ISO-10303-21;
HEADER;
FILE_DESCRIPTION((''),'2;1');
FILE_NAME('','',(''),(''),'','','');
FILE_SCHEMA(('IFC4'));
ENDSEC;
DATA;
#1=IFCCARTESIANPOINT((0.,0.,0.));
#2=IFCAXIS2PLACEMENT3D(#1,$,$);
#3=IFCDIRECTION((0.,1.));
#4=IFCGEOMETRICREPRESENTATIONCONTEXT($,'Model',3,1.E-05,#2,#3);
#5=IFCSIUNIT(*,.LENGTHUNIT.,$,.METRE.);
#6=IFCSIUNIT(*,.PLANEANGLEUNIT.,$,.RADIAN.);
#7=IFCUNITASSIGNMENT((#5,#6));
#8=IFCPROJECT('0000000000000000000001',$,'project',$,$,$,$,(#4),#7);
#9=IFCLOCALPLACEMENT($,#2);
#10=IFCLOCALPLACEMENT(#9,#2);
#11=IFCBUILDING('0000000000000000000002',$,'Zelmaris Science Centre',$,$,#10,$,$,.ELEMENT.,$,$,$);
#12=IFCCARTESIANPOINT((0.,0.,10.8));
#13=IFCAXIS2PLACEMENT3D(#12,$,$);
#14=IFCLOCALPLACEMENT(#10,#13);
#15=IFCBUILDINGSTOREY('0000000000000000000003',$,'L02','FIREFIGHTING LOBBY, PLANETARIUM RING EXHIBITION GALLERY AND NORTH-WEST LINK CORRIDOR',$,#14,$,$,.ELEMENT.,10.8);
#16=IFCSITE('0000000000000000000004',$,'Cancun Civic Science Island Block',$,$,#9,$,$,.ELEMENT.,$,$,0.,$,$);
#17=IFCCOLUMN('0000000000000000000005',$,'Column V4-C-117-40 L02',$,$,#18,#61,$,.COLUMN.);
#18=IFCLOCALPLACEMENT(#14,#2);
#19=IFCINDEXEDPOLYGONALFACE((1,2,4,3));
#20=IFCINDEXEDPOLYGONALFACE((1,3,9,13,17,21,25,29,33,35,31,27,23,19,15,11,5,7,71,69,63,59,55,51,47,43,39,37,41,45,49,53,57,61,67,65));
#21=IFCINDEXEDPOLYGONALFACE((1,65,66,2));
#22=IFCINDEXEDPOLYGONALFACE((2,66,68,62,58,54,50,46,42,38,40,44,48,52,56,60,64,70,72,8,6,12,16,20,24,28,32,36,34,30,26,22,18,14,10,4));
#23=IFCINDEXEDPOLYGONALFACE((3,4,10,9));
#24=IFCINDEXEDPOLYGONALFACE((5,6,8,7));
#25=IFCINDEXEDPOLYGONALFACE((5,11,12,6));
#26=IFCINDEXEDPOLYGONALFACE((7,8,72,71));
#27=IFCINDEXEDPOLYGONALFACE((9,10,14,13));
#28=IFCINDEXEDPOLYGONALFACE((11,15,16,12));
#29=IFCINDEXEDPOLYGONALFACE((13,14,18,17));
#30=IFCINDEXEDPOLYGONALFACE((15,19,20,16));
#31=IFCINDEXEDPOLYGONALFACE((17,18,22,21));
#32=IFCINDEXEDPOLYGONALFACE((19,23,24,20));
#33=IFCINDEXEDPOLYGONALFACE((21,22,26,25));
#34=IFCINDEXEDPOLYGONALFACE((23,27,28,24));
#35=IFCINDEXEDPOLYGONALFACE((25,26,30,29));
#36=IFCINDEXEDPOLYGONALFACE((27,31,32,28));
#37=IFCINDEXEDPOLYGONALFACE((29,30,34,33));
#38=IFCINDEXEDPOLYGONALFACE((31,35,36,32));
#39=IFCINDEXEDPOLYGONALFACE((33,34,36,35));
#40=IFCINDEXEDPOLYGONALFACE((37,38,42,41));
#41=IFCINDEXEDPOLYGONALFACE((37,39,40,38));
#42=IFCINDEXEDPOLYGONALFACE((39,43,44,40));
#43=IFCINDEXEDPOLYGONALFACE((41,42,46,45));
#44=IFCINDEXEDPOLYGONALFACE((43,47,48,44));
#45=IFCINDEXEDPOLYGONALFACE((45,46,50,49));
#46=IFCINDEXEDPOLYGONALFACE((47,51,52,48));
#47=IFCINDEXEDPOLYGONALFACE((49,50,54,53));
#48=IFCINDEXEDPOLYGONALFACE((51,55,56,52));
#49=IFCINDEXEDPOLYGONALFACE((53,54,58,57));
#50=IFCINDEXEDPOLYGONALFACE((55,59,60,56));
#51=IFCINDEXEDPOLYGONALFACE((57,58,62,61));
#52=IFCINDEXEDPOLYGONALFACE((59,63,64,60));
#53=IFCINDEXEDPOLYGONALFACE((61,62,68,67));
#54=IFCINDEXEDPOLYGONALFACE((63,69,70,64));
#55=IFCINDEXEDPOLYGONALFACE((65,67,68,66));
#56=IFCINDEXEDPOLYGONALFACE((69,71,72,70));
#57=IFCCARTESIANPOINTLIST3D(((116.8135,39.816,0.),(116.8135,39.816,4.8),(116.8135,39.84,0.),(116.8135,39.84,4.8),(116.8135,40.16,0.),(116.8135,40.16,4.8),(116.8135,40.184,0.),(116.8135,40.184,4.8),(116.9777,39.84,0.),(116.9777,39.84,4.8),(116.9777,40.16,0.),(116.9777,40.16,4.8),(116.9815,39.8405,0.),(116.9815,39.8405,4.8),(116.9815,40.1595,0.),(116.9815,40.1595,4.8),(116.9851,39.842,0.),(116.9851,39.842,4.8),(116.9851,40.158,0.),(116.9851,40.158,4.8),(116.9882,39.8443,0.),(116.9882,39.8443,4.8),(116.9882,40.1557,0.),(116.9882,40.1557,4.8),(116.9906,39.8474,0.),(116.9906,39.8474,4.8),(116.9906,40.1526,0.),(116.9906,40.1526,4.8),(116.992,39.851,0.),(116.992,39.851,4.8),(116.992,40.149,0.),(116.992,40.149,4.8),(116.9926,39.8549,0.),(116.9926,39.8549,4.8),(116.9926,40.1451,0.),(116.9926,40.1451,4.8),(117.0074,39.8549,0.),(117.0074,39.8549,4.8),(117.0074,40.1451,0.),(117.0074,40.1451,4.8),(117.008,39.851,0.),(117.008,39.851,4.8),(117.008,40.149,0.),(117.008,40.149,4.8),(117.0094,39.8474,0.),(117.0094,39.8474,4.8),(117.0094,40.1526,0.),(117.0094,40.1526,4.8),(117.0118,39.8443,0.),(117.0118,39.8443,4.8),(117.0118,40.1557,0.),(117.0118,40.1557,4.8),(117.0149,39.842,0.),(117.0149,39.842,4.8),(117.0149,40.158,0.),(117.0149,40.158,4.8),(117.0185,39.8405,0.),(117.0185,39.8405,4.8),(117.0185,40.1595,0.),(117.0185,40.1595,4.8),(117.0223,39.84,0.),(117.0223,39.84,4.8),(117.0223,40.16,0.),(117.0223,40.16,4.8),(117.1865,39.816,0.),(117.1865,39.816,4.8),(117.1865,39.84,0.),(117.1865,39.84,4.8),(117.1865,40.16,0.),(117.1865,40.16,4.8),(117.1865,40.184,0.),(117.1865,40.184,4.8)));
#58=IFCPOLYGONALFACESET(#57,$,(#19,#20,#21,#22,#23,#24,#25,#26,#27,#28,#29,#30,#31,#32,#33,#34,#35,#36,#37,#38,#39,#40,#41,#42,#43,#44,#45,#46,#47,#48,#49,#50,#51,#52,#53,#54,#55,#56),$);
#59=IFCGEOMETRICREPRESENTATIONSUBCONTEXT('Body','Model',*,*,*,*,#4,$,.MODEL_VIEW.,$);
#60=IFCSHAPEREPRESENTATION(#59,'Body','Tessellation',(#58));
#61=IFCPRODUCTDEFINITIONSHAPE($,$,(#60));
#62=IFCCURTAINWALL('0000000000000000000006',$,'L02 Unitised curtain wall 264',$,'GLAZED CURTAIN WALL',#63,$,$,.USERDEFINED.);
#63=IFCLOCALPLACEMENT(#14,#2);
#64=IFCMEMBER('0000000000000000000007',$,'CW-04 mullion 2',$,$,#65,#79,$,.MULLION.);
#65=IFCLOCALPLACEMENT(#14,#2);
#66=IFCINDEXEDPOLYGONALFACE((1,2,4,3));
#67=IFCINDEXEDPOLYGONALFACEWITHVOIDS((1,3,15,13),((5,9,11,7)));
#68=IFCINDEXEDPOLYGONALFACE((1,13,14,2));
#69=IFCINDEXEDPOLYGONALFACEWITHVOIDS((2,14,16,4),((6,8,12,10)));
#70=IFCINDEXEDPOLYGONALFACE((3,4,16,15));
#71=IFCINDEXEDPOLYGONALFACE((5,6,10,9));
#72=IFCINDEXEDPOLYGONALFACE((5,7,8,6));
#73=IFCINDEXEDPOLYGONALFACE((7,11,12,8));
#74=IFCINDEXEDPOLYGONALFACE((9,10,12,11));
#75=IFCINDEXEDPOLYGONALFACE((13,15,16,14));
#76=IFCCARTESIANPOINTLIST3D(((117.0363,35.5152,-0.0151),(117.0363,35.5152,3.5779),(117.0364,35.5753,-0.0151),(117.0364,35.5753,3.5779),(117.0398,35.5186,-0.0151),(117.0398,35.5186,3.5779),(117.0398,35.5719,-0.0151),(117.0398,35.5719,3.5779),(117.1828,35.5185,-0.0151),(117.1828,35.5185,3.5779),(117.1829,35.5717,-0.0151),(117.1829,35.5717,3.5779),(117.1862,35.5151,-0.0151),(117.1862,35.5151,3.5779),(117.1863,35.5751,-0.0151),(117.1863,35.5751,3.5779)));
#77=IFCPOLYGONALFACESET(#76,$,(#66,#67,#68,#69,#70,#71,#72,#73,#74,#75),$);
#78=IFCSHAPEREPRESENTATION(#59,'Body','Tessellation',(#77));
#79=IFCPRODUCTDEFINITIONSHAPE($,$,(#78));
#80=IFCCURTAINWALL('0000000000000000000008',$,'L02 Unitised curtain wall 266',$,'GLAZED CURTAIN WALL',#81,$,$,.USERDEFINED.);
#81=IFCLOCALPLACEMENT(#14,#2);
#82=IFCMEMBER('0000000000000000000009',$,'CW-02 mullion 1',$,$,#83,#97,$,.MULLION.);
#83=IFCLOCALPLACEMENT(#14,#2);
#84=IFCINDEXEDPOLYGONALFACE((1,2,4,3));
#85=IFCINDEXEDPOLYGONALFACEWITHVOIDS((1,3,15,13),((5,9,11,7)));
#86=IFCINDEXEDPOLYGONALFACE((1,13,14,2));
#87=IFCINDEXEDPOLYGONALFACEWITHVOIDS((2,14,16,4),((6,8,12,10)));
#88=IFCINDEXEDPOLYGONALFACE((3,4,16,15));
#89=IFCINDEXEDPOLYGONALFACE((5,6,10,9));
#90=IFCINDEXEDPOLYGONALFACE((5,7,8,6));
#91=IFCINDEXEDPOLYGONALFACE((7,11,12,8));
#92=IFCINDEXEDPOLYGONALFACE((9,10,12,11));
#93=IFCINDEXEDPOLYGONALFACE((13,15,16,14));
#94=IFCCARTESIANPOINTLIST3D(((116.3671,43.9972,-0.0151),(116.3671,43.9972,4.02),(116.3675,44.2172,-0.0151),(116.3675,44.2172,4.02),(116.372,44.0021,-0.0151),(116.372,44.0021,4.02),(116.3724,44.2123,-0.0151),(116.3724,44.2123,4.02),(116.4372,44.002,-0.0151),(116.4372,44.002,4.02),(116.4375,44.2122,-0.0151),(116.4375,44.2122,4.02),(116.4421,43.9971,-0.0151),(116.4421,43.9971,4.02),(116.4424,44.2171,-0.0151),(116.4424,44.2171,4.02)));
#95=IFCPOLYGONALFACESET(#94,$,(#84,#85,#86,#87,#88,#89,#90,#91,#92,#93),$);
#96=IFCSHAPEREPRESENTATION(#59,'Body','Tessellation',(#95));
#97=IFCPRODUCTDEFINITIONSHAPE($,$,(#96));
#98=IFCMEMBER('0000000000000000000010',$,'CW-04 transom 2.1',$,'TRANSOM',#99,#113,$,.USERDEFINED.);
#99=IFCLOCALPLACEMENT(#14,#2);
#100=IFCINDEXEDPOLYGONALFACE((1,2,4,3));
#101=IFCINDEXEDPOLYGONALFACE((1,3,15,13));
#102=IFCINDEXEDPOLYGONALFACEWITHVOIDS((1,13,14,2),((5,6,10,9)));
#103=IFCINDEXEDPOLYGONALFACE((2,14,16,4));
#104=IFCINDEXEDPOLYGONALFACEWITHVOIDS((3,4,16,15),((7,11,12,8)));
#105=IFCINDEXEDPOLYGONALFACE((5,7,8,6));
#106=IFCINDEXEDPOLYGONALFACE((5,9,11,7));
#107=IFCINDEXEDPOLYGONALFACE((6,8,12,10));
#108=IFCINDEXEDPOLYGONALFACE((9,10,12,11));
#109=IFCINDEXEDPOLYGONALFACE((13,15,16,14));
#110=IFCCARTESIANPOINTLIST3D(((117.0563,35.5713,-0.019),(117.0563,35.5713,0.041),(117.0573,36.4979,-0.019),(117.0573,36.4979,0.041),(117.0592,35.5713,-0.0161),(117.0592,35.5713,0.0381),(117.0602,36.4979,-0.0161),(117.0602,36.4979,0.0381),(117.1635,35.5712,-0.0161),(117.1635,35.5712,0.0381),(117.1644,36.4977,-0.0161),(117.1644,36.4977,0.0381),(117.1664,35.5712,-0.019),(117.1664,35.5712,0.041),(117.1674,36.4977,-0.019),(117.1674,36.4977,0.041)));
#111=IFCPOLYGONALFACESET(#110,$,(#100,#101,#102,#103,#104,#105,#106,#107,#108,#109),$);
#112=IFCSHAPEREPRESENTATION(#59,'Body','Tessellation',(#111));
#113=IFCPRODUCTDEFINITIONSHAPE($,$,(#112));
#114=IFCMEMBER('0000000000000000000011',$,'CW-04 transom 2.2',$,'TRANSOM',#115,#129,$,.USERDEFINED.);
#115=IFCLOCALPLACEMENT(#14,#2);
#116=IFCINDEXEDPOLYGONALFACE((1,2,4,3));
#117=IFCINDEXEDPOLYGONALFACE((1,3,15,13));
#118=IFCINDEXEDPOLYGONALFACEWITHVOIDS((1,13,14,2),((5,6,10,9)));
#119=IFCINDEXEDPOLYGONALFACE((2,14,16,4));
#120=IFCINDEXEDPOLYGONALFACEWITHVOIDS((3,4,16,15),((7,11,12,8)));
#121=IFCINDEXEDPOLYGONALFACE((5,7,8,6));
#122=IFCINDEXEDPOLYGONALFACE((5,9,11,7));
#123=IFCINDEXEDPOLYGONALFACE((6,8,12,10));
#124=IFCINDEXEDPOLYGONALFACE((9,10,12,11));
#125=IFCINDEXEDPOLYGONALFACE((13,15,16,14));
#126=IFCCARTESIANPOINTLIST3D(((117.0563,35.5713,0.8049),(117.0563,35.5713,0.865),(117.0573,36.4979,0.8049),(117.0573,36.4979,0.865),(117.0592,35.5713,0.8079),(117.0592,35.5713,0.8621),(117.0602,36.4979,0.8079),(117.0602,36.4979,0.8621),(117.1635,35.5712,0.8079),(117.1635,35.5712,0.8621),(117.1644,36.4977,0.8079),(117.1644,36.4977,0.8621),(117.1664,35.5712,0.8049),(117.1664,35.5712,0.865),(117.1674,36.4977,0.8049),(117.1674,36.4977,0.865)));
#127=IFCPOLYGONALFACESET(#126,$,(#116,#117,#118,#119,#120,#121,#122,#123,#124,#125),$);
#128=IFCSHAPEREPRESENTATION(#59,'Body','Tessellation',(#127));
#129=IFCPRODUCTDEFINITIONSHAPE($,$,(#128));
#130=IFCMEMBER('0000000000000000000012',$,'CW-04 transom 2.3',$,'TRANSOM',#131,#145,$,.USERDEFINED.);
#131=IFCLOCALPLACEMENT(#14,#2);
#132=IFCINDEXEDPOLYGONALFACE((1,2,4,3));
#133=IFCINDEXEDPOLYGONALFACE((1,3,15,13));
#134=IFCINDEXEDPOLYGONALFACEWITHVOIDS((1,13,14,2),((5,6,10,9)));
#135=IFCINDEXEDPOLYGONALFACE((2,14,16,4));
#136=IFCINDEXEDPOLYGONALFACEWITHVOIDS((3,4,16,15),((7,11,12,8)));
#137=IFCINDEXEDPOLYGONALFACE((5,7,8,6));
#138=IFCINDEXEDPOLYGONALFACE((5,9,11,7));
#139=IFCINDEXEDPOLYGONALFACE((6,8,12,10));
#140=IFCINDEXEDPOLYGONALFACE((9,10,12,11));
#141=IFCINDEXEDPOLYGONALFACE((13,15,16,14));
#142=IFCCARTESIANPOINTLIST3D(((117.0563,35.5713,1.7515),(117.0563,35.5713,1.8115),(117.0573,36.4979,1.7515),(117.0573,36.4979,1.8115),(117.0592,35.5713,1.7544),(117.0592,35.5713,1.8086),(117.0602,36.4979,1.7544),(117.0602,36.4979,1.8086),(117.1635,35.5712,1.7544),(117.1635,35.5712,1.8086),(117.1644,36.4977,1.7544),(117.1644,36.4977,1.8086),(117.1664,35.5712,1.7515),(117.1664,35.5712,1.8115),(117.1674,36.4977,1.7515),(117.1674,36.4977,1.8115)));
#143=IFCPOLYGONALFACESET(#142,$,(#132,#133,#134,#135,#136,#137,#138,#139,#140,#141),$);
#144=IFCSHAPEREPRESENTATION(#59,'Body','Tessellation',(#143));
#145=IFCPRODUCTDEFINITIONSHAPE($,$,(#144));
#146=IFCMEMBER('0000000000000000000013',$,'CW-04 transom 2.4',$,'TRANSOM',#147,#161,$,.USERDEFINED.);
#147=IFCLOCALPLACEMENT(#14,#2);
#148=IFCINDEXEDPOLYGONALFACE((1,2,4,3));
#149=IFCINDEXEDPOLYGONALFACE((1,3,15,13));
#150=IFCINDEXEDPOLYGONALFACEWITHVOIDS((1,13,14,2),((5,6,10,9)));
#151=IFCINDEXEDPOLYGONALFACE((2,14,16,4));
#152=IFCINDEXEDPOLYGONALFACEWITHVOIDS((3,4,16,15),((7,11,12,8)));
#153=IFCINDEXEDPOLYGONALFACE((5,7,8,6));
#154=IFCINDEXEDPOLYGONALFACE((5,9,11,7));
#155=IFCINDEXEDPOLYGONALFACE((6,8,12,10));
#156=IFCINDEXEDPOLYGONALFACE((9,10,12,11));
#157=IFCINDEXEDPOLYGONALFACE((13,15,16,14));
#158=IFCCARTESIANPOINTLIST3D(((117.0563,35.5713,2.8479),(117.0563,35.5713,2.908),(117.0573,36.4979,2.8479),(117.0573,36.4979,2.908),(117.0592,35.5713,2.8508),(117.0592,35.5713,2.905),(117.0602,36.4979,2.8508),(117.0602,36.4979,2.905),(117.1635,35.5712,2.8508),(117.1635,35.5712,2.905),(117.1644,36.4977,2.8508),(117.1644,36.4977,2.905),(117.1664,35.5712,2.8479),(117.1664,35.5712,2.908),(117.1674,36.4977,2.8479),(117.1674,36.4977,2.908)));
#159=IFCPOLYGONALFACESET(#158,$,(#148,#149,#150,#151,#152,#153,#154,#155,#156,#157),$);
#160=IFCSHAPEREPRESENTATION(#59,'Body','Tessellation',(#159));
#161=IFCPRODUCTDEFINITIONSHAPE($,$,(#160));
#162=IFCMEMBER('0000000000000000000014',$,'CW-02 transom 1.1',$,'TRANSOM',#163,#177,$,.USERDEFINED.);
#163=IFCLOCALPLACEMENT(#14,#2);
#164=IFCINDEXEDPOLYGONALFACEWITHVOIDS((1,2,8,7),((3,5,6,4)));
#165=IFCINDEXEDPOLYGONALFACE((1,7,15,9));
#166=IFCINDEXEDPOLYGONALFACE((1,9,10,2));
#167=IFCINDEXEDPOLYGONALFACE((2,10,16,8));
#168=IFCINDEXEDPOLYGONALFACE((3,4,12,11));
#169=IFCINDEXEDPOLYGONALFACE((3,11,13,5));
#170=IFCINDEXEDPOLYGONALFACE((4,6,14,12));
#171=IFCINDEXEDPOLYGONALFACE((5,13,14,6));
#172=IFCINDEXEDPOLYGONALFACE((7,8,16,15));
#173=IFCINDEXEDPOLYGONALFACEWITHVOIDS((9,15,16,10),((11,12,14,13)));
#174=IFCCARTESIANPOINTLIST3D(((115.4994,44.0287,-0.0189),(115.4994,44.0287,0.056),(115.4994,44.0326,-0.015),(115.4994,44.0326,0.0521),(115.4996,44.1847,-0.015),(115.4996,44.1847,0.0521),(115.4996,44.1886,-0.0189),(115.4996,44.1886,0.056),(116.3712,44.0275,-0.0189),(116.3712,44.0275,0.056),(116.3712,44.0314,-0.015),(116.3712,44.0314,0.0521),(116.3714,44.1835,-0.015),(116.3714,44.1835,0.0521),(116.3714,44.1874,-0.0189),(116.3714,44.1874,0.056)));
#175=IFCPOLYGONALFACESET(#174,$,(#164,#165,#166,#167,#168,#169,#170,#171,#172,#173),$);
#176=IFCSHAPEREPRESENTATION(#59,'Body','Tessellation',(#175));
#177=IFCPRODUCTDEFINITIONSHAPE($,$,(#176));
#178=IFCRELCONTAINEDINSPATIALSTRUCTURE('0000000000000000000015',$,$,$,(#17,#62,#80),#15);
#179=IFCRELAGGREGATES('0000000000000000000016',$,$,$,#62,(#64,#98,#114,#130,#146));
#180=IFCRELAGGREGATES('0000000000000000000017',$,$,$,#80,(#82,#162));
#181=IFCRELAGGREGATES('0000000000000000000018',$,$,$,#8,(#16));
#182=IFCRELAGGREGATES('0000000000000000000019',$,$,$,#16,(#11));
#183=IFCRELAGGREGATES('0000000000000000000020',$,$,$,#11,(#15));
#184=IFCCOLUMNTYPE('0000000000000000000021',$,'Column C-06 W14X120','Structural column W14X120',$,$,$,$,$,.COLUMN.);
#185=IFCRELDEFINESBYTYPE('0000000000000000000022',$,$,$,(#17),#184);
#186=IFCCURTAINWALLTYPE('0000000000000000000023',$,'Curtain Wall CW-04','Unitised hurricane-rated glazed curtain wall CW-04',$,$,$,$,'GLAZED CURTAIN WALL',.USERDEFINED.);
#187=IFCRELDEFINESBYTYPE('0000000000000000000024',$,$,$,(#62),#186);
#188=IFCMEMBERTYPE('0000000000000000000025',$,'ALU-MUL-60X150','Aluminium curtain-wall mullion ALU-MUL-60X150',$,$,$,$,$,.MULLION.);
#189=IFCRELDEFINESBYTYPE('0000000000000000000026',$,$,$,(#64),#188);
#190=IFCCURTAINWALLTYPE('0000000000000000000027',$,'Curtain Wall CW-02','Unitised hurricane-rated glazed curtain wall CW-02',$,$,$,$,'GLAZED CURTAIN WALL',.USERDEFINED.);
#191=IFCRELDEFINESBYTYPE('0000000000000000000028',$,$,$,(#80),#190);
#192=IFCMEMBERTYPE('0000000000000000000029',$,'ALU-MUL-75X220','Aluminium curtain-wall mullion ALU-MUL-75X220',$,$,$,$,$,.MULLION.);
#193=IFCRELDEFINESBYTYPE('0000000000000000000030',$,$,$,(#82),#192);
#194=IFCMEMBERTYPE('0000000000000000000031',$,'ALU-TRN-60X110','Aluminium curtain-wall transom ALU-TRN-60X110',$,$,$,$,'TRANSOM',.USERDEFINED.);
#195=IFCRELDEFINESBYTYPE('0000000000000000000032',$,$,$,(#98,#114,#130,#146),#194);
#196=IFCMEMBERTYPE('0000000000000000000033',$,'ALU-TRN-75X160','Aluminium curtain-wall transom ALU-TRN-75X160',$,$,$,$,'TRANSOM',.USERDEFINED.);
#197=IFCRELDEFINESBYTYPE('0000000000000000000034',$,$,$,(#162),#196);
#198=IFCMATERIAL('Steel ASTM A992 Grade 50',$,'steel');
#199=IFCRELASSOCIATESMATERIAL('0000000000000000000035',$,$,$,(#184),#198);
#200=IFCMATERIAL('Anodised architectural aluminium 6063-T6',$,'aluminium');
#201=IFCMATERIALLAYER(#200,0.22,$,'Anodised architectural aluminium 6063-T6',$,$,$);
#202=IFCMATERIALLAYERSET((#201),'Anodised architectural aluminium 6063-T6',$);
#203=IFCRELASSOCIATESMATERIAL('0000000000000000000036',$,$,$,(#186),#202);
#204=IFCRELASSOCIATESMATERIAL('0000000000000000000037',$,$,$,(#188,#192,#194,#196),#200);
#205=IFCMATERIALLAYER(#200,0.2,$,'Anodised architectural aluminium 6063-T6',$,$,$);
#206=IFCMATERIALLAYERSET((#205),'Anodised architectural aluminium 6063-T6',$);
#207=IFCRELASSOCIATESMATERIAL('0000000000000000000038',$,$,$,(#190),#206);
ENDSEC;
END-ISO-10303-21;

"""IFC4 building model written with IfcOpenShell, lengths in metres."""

from ifc_helpers import new_model, si_unit, direction, frame, origin, origin_2d, place, context, subcontext, project, spatial, hollow_rectangle, i_section, extrude, material, layer, layer_set, material_profile, profile_set, type_object, element, aggregate, save


model = new_model("IFC4")

# Units and contexts
model_context = context("Model", 3, precision=1e-05, world=origin(), true_north=direction((0.0, 1.0)))
body_context = subcontext(model_context, "Body", "Model", "MODEL_VIEW")
ifc_project = project(units=[si_unit("LENGTHUNIT", "METRE"), si_unit("PLANEANGLEUNIT", "RADIAN")], contexts=[model_context])

# Site, building, storey
site_placement = place(None, origin())
site = spatial("IfcSite", under=ifc_project, at=site_placement, Name="Cancun Civic Science Island Block", CompositionType="ELEMENT", RefElevation=0.0)
building_placement = place(site_placement, origin())
building = spatial("IfcBuilding", under=site, at=building_placement, Name="Zelmaris Science Centre", CompositionType="ELEMENT")
storey_placement = place(building_placement, frame((0.0, 0.0, 10.8)))
storey = spatial("IfcBuildingStorey", under=building, at=storey_placement, Name="L02", Description="FIREFIGHTING LOBBY, PLANETARIUM RING EXHIBITION GALLERY AND NORTH-WEST LINK CORRIDOR", CompositionType="ELEMENT", Elevation=10.8)

# Column
ifc_material_1 = material(Name="Steel ASTM A992 Grade 50", Category="steel")
ifc_material_profile_1 = material_profile(ifc_material_1, i_section(OverallWidth=0.373, OverallDepth=0.3679, WebThickness=0.0149, FlangeThickness=0.0239, FilletRadius=0.0149, at=origin_2d()), Name="W14X120")
ifc_profile_set_1 = profile_set([ifc_material_profile_1], Name="Steel ASTM A992 Grade 50")
column_type = type_object("IfcColumnType", Name="Column C-06 W14X120", Description="Structural column W14X120", PredefinedType="COLUMN", material=ifc_profile_set_1)
column_placement = place(storey_placement, frame((117.0, 40.0, 0.0), z_axis=(0.0, 0.0, 1.0), x_axis=(1.0, 0.0, 0.0)))
element("IfcColumn", 1, at=column_placement, inside=storey, type_object=column_type, Name="Column V4-C-117-40 L02", PredefinedType="COLUMN", context=body_context, shape_type="SweptSolid", body=[
    extrude(i_section(OverallWidth=0.373, OverallDepth=0.3679, WebThickness=0.0149, FlangeThickness=0.0239, FilletRadius=0.0149, at=origin_2d()), origin(), (0.0, 0.0, 1.0), 4.8),
])

# Curtain walls, members
ifc_material_2 = material(Name="Anodised architectural aluminium 6063-T6", Category="aluminium")
ifc_layer_1 = layer(ifc_material_2, 0.22, Name="Anodised architectural aluminium 6063-T6")
ifc_layer_set_1 = layer_set([ifc_layer_1], Name="Anodised architectural aluminium 6063-T6")
curtain_wall_type_1 = type_object("IfcCurtainWallType", Name="Curtain Wall CW-04", Description="Unitised hurricane-rated glazed curtain wall CW-04", ElementType="GLAZED CURTAIN WALL", PredefinedType="USERDEFINED", material=ifc_layer_set_1)
curtain_wall_1_placement = place(storey_placement, origin())
curtain_wall_1 = element("IfcCurtainWall", 2, at=curtain_wall_1_placement, inside=storey, type_object=curtain_wall_type_1, Name="L02 Unitised curtain wall 264", ObjectType="GLAZED CURTAIN WALL", PredefinedType="USERDEFINED")
ifc_material_profile_2 = material_profile(ifc_material_2, hollow_rectangle(XDim=0.0601, YDim=0.1499, WallThickness=0.0034, at=origin_2d()), Name="ALU-MUL-60X150")
ifc_profile_set_2 = profile_set([ifc_material_profile_2], Name="Anodised architectural aluminium 6063-T6")
member_type_1 = type_object("IfcMemberType", Name="ALU-MUL-60X150", Description="Aluminium curtain-wall mullion ALU-MUL-60X150", PredefinedType="MULLION", material=ifc_profile_set_2)
member_1_placement = place(storey_placement, frame((117.1113, 35.5452, -0.0151), z_axis=(0.0, 0.0, 1.0), x_axis=(0.001019, 0.999999, 0.0)))
member_1 = element("IfcMember", 3, at=member_1_placement, type_object=member_type_1, Name="CW-04 mullion 2", PredefinedType="MULLION", context=body_context, shape_type="SweptSolid", body=[
    extrude(hollow_rectangle(XDim=0.0601, YDim=0.1499, WallThickness=0.0034, at=origin_2d()), origin(), (0.0, 0.0, 1.0), 3.593),
])
ifc_layer_2 = layer(ifc_material_2, 0.2, Name="Anodised architectural aluminium 6063-T6")
ifc_layer_set_2 = layer_set([ifc_layer_2], Name="Anodised architectural aluminium 6063-T6")
curtain_wall_type_2 = type_object("IfcCurtainWallType", Name="Curtain Wall CW-02", Description="Unitised hurricane-rated glazed curtain wall CW-02", ElementType="GLAZED CURTAIN WALL", PredefinedType="USERDEFINED", material=ifc_layer_set_2)
curtain_wall_2_placement = place(storey_placement, origin())
curtain_wall_2 = element("IfcCurtainWall", 4, at=curtain_wall_2_placement, inside=storey, type_object=curtain_wall_type_2, Name="L02 Unitised curtain wall 266", ObjectType="GLAZED CURTAIN WALL", PredefinedType="USERDEFINED")
ifc_material_profile_3 = material_profile(ifc_material_2, hollow_rectangle(XDim=0.075, YDim=0.22, WallThickness=0.0049, at=origin_2d()), Name="ALU-MUL-75X220")
ifc_profile_set_3 = profile_set([ifc_material_profile_3], Name="Anodised architectural aluminium 6063-T6")
member_type_2 = type_object("IfcMemberType", Name="ALU-MUL-75X220", Description="Aluminium curtain-wall mullion ALU-MUL-75X220", PredefinedType="MULLION", material=ifc_profile_set_3)
member_2_placement = place(storey_placement, frame((116.4048, 44.1072, -0.0151), z_axis=(0.0, 0.0, 1.0), x_axis=(-0.999999, 0.001525, 0.0)))
member_2 = element("IfcMember", 5, at=member_2_placement, type_object=member_type_2, Name="CW-02 mullion 1", PredefinedType="MULLION", context=body_context, shape_type="SweptSolid", body=[
    extrude(hollow_rectangle(XDim=0.075, YDim=0.22, WallThickness=0.0049, at=origin_2d()), origin(), (0.0, 0.0, 1.0), 4.0352),
])

# Members
ifc_material_profile_4 = material_profile(ifc_material_2, hollow_rectangle(XDim=0.0601, YDim=0.1101, WallThickness=0.0029, at=origin_2d()), Name="ALU-TRN-60X110")
ifc_profile_set_4 = profile_set([ifc_material_profile_4], Name="Anodised architectural aluminium 6063-T6")
member_type_3 = type_object("IfcMemberType", Name="ALU-TRN-60X110", Description="Aluminium curtain-wall transom ALU-TRN-60X110", ElementType="TRANSOM", PredefinedType="USERDEFINED", material=ifc_profile_set_4)
member_3_placement = place(storey_placement, frame((117.1113, 35.5713, 0.011), z_axis=(0.001054, 0.999999, 0.0), x_axis=(0.0, 0.0, 1.0)))
member_3 = element("IfcMember", 6, at=member_3_placement, type_object=member_type_3, Name="CW-04 transom 2.1", ObjectType="TRANSOM", PredefinedType="USERDEFINED", context=body_context, shape_type="SweptSolid", body=[
    extrude(hollow_rectangle(XDim=0.0601, YDim=0.1101, WallThickness=0.0029, at=origin_2d()), origin(), (0.0, 0.0, 1.0), 0.9265),
])
member_4_placement = place(storey_placement, frame((117.1113, 35.5713, 0.835), z_axis=(0.001054, 0.999999, 0.0), x_axis=(0.0, 0.0, 1.0)))
member_4 = element("IfcMember", 7, at=member_4_placement, type_object=member_type_3, Name="CW-04 transom 2.2", ObjectType="TRANSOM", PredefinedType="USERDEFINED", context=body_context, shape_type="SweptSolid", body=[
    extrude(hollow_rectangle(XDim=0.0601, YDim=0.1101, WallThickness=0.0029, at=origin_2d()), origin(), (0.0, 0.0, 1.0), 0.9265),
])
member_5_placement = place(storey_placement, frame((117.1113, 35.5713, 1.7815), z_axis=(0.001054, 0.999999, 0.0), x_axis=(0.0, 0.0, 1.0)))
member_5 = element("IfcMember", 8, at=member_5_placement, type_object=member_type_3, Name="CW-04 transom 2.3", ObjectType="TRANSOM", PredefinedType="USERDEFINED", context=body_context, shape_type="SweptSolid", body=[
    extrude(hollow_rectangle(XDim=0.0601, YDim=0.1101, WallThickness=0.0029, at=origin_2d()), origin(), (0.0, 0.0, 1.0), 0.9265),
])
member_6_placement = place(storey_placement, frame((117.1113, 35.5713, 2.8779), z_axis=(0.001054, 0.999999, 0.0), x_axis=(0.0, 0.0, 1.0)))
member_6 = element("IfcMember", 9, at=member_6_placement, type_object=member_type_3, Name="CW-04 transom 2.4", ObjectType="TRANSOM", PredefinedType="USERDEFINED", context=body_context, shape_type="SweptSolid", body=[
    extrude(hollow_rectangle(XDim=0.0601, YDim=0.1101, WallThickness=0.0029, at=origin_2d()), origin(), (0.0, 0.0, 1.0), 0.9265),
])
aggregate(curtain_wall_1, [member_1, member_3, member_4, member_5, member_6])
ifc_material_profile_5 = material_profile(ifc_material_2, hollow_rectangle(XDim=0.075, YDim=0.1599, WallThickness=0.0039, at=origin_2d()), Name="ALU-TRN-75X160")
ifc_profile_set_5 = profile_set([ifc_material_profile_5], Name="Anodised architectural aluminium 6063-T6")
member_type_4 = type_object("IfcMemberType", Name="ALU-TRN-75X160", Description="Aluminium curtain-wall transom ALU-TRN-75X160", ElementType="TRANSOM", PredefinedType="USERDEFINED", material=ifc_profile_set_5)
member_7_placement = place(storey_placement, frame((116.3713, 44.1074, 0.0186), z_axis=(-0.999999, 0.0014, 0.0), x_axis=(0.0, 0.0, 1.0)))
member_7 = element("IfcMember", 10, at=member_7_placement, type_object=member_type_4, Name="CW-02 transom 1.1", ObjectType="TRANSOM", PredefinedType="USERDEFINED", context=body_context, shape_type="SweptSolid", body=[
    extrude(hollow_rectangle(XDim=0.075, YDim=0.1599, WallThickness=0.0039, at=origin_2d()), origin(), (0.0, 0.0, 1.0), 0.8718),
])
aggregate(curtain_wall_2, [member_2, member_7])

save(model, "model.ifc")
